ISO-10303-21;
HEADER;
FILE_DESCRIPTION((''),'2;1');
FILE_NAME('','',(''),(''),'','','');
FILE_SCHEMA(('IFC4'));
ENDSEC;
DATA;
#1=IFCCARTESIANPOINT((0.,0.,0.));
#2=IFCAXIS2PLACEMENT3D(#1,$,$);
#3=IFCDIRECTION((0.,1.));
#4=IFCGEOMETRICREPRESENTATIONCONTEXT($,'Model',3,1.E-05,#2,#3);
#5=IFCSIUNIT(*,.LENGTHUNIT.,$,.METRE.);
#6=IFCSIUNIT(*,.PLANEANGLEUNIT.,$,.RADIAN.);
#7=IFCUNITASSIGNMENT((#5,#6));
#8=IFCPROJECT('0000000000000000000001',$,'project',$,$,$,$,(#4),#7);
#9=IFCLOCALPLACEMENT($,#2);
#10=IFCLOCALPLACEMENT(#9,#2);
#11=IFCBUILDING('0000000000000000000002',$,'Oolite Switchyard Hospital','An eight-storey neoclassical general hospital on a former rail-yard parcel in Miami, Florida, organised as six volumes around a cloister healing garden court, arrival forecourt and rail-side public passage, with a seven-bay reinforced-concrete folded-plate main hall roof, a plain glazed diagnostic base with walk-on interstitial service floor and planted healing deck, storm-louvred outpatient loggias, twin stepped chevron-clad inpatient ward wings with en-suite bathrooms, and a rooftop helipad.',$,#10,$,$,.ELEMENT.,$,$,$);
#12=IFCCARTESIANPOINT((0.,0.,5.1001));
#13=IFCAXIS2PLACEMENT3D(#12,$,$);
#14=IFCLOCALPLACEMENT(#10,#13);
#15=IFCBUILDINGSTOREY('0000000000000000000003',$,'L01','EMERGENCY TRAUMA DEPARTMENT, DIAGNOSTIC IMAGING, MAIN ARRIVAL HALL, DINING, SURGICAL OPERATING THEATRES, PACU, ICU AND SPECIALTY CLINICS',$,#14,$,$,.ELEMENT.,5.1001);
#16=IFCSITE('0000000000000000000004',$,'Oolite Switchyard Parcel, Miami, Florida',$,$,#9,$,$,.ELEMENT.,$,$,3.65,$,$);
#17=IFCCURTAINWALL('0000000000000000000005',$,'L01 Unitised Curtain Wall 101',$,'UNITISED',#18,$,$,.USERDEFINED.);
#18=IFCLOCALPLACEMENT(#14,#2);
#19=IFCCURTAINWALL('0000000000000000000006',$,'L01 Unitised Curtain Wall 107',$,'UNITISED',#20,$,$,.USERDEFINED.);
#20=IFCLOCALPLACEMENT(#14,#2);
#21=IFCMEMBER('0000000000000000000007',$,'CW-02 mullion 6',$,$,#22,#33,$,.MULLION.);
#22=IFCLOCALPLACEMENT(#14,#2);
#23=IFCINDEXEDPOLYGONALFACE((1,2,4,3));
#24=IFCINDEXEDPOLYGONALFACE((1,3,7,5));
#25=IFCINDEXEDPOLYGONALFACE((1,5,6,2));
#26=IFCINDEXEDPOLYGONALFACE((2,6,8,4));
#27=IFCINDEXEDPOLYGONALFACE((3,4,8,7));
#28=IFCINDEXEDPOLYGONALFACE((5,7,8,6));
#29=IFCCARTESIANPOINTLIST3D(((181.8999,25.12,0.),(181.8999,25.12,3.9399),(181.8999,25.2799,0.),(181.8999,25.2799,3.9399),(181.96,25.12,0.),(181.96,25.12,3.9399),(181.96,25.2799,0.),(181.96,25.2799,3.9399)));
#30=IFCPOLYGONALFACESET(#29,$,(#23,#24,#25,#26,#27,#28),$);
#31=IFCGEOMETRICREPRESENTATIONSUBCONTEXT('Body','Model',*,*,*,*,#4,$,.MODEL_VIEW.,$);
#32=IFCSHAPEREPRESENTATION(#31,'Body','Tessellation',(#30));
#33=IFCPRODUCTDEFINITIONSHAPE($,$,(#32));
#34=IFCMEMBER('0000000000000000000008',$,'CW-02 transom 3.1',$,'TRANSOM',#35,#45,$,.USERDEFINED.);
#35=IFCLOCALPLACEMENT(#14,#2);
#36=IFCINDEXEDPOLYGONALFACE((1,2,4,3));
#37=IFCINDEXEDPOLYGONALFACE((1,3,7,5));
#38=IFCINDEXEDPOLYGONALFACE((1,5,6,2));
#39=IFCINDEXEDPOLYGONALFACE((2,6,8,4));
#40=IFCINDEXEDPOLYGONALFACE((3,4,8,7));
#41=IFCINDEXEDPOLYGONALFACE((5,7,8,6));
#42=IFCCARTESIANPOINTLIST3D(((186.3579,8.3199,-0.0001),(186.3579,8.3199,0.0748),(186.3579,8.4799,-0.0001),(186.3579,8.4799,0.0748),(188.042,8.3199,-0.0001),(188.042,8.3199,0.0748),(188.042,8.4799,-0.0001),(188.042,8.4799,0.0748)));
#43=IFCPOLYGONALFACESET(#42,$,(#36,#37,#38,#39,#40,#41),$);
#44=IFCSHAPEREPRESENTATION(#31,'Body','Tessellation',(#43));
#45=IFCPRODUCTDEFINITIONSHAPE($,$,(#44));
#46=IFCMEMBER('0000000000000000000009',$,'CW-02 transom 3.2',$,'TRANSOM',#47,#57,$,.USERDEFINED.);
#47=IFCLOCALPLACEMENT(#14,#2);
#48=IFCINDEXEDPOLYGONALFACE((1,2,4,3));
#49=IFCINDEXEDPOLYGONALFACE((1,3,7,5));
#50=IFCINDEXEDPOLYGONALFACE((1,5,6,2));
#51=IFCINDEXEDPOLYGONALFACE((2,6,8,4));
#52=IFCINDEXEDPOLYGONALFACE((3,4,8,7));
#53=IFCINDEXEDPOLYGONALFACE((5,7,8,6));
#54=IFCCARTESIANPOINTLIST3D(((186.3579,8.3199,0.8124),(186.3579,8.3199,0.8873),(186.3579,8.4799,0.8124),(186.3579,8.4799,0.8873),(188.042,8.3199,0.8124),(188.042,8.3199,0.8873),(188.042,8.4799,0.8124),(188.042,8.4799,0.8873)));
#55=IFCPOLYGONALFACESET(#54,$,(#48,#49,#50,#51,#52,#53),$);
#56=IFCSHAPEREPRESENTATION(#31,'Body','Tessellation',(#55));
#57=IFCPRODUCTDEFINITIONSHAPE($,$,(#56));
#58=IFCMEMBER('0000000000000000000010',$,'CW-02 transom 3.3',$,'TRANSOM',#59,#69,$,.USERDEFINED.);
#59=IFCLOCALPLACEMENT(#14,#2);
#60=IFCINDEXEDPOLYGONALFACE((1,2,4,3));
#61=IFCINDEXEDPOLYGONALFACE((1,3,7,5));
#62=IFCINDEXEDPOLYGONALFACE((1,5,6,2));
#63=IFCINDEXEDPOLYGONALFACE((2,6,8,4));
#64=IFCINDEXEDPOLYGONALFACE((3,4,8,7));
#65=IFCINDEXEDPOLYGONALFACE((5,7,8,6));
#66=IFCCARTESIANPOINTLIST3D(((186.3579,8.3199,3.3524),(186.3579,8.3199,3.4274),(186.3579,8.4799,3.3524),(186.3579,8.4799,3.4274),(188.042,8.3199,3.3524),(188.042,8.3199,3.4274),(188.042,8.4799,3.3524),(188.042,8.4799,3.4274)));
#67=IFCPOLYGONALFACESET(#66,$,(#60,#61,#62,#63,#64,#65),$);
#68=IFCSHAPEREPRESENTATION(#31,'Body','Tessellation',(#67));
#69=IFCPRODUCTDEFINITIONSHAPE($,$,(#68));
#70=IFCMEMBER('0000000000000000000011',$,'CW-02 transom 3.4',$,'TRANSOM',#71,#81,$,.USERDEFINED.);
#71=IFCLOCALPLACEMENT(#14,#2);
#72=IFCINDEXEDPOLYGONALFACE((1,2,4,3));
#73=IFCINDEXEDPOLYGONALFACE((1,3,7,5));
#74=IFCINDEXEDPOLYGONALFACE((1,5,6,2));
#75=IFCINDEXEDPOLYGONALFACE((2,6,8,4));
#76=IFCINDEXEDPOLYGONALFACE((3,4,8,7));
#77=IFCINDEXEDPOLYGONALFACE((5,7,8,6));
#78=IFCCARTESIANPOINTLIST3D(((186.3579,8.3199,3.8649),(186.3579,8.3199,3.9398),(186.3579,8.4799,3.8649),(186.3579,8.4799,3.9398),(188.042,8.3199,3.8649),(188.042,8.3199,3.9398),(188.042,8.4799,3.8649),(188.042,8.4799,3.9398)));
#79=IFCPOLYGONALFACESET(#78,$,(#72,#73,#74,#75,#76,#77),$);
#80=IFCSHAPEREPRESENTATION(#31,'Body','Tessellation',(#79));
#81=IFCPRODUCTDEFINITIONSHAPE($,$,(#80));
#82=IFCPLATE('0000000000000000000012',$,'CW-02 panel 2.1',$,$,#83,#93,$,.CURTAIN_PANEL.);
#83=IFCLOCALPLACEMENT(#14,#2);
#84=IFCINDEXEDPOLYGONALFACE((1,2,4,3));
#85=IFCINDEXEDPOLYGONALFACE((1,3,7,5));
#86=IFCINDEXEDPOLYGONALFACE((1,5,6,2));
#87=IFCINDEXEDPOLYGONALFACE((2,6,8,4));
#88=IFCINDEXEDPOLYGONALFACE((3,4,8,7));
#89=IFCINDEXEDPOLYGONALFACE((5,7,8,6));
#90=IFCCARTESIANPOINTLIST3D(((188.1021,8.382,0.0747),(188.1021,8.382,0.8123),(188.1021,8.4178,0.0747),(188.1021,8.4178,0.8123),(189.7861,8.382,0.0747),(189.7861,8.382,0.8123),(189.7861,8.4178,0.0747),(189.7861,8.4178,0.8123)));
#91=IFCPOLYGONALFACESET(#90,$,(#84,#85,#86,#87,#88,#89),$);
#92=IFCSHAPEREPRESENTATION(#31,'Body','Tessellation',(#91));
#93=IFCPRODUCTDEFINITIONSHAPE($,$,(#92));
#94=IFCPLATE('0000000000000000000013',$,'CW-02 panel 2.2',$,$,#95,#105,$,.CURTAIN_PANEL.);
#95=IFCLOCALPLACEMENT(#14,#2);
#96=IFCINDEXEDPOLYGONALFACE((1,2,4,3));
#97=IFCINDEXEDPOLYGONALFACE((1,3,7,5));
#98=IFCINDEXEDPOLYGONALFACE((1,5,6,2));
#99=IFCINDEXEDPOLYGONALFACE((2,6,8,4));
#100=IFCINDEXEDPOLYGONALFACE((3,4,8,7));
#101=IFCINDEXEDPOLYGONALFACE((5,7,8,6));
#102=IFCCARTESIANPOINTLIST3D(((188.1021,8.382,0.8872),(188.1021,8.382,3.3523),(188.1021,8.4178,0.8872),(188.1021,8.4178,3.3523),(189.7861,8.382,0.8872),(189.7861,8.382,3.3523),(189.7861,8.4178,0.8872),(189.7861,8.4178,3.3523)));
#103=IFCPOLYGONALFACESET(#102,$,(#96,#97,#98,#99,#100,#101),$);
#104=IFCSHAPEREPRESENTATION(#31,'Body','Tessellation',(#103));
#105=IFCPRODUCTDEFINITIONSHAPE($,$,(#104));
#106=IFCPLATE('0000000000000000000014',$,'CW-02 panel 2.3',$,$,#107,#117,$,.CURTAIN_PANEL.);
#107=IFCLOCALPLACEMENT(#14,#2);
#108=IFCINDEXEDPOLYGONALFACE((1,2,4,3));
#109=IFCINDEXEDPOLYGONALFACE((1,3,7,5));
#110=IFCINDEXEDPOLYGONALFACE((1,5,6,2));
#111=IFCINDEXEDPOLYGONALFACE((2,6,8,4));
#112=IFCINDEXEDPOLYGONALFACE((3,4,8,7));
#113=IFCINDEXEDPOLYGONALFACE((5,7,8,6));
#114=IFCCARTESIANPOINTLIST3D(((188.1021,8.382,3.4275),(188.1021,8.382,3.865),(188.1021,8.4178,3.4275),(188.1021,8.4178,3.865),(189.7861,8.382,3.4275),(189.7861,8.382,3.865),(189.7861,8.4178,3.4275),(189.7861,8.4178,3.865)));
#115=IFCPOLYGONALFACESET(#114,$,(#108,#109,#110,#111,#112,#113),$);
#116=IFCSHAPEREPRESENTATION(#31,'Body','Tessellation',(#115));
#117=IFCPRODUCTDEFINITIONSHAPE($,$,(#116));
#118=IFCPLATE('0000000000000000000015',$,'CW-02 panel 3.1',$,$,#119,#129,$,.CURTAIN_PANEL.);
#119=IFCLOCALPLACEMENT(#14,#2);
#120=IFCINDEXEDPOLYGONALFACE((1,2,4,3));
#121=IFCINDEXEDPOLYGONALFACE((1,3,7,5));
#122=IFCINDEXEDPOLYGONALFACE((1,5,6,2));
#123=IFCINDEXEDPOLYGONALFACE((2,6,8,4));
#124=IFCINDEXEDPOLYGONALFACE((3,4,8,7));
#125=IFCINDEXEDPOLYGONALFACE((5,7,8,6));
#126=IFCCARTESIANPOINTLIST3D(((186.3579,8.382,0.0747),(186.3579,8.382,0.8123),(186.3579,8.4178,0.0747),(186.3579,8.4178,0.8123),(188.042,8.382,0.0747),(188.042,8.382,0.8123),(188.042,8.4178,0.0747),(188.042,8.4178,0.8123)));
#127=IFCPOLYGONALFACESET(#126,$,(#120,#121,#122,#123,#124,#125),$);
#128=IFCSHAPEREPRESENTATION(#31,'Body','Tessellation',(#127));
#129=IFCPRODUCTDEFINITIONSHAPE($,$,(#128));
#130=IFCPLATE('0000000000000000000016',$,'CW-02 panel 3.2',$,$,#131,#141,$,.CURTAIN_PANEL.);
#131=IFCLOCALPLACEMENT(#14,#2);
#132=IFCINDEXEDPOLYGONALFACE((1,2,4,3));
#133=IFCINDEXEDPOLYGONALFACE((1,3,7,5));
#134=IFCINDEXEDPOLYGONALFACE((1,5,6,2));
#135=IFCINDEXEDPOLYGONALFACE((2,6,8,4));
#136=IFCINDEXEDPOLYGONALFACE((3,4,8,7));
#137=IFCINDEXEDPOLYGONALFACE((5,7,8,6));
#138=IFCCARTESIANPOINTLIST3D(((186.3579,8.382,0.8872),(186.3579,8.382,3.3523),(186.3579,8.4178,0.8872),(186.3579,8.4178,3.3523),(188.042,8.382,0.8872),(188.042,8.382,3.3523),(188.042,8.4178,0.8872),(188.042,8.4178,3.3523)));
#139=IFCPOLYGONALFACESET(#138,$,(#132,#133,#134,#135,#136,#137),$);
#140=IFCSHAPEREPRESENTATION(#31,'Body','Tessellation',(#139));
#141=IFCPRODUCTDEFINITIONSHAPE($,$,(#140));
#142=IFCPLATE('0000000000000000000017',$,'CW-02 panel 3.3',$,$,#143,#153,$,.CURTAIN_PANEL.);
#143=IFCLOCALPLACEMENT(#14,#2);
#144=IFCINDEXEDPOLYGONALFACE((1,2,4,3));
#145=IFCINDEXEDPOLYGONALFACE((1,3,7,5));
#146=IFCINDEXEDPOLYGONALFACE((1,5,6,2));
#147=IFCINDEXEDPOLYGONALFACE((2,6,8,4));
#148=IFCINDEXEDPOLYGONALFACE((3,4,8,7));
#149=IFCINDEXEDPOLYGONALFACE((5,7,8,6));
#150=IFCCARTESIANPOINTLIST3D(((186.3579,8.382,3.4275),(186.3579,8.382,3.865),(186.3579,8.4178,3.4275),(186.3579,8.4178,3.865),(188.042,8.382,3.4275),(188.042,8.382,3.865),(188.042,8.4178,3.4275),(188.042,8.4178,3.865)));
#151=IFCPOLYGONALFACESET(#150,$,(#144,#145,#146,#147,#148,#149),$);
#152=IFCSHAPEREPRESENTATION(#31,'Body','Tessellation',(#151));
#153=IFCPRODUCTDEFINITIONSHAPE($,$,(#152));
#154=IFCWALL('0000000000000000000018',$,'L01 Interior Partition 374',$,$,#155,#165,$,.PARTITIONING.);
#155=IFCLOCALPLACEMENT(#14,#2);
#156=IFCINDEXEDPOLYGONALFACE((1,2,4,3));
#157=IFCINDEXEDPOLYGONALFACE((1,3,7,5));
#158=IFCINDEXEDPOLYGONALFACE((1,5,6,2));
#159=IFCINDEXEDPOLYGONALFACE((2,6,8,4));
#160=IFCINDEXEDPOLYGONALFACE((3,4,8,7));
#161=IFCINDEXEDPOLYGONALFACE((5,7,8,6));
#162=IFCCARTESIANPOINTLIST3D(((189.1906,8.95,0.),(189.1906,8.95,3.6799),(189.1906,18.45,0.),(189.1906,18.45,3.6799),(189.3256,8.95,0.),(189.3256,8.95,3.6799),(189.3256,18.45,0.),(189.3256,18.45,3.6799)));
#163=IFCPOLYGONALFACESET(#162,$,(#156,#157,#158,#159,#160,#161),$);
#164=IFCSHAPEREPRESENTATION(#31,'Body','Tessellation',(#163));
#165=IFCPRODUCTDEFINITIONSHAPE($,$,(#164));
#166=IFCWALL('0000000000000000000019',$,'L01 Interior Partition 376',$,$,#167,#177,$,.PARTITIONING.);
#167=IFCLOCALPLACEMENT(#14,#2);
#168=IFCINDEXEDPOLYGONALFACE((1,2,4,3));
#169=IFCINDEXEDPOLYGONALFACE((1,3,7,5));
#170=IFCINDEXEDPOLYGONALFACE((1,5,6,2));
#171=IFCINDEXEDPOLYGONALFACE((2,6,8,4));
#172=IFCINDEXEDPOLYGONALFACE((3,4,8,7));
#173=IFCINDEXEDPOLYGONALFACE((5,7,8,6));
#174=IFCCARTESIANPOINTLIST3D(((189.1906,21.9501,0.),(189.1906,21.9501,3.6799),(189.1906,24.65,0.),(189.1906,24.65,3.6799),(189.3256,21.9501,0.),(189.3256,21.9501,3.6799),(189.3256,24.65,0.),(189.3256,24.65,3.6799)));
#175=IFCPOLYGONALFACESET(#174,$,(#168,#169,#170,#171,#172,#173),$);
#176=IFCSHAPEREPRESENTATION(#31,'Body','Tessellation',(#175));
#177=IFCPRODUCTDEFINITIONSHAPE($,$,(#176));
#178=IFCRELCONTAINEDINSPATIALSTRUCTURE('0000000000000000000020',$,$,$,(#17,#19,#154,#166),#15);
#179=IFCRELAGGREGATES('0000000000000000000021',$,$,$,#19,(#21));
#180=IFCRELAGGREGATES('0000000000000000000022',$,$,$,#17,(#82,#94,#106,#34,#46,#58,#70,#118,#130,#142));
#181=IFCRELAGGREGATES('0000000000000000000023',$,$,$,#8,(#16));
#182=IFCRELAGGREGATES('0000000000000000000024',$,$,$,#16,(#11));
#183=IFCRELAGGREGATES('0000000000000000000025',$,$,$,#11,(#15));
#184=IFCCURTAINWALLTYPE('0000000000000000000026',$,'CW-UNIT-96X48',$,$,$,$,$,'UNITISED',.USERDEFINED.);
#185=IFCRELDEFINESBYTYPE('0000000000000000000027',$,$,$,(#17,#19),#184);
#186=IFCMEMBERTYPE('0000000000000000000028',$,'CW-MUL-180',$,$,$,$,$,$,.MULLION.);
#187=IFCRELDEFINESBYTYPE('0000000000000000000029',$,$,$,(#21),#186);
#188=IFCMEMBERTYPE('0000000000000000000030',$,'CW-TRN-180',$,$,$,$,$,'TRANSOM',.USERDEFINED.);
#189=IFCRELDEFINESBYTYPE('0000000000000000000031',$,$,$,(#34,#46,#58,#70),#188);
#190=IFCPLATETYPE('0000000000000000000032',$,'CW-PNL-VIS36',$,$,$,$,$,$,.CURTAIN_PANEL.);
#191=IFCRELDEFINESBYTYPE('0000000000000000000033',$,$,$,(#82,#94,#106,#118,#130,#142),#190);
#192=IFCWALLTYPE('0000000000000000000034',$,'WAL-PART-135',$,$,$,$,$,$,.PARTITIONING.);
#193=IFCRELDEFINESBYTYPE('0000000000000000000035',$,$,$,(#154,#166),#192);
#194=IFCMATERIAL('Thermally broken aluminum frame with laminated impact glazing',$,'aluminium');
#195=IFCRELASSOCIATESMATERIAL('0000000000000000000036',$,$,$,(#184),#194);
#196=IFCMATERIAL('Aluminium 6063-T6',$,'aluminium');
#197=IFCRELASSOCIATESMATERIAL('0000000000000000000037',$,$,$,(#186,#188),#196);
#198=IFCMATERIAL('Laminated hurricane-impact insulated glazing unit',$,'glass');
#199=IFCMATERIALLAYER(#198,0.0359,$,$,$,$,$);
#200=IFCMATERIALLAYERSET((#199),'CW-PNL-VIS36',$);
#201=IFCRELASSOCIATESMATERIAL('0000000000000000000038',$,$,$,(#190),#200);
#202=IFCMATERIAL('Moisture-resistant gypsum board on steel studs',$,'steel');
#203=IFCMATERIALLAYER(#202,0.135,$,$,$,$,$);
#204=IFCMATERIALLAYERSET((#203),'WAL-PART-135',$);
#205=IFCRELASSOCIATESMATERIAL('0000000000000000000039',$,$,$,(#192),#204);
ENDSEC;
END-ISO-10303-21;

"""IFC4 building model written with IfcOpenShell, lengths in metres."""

from ifc_helpers import new_model, si_unit, direction, frame, frame_2d, origin, origin_2d, place, context, subcontext, project, spatial, rectangle, extrude, material, layer, layer_set, material_profile, profile_set, type_object, element, aggregate, save


model = new_model("IFC4")

# Units and contexts
model_context = context("Model", 3, precision=1e-05, world=origin(), true_north=direction((0.0, 1.0)))
body_context = subcontext(model_context, "Body", "Model", "MODEL_VIEW")
ifc_project = project(units=[si_unit("LENGTHUNIT", "METRE"), si_unit("PLANEANGLEUNIT", "RADIAN")], contexts=[model_context])

# Site, building, storey
site_placement = place(None, origin())
site = spatial("IfcSite", under=ifc_project, at=site_placement, Name="Oolite Switchyard Parcel, Miami, Florida", CompositionType="ELEMENT", RefElevation=3.65)
building_placement = place(site_placement, origin())
building = spatial("IfcBuilding", under=site, at=building_placement, Name="Oolite Switchyard Hospital", Description="An eight-storey neoclassical general hospital on a former rail-yard parcel in Miami, Florida, organised as six volumes around a cloister healing garden court, arrival forecourt and rail-side public passage, with a seven-bay reinforced-concrete folded-plate main hall roof, a plain glazed diagnostic base with walk-on interstitial service floor and planted healing deck, storm-louvred outpatient loggias, twin stepped chevron-clad inpatient ward wings with en-suite bathrooms, and a rooftop helipad.", CompositionType="ELEMENT")
storey_placement = place(building_placement, frame((0.0, 0.0, 5.1001)))
storey = spatial("IfcBuildingStorey", under=building, at=storey_placement, Name="L01", Description="EMERGENCY TRAUMA DEPARTMENT, DIAGNOSTIC IMAGING, MAIN ARRIVAL HALL, DINING, SURGICAL OPERATING THEATRES, PACU, ICU AND SPECIALTY CLINICS", CompositionType="ELEMENT", Elevation=5.1001)

# Curtain walls, member
ifc_material_1 = material(Name="Thermally broken aluminum frame with laminated impact glazing", Category="aluminium")
curtain_wall_type = type_object("IfcCurtainWallType", Name="CW-UNIT-96X48", ElementType="UNITISED", PredefinedType="USERDEFINED", material=ifc_material_1)
curtain_wall_1_placement = place(storey_placement, origin())
curtain_wall_1 = element("IfcCurtainWall", 1, at=curtain_wall_1_placement, inside=storey, type_object=curtain_wall_type, Name="L01 Unitised Curtain Wall 101", ObjectType="UNITISED", PredefinedType="USERDEFINED")
ifc_material_2 = material(Name="Aluminium 6063-T6", Category="aluminium")
ifc_material_profile_1 = material_profile(ifc_material_2, rectangle(XDim=0.1599, YDim=0.0601, at=origin_2d()), Name="CWM60X160")
ifc_profile_set_1 = profile_set([ifc_material_profile_1], Name="Aluminium 6063-T6")
member_type_1 = type_object("IfcMemberType", Name="CW-MUL-180", PredefinedType="MULLION", material=ifc_profile_set_1)
curtain_wall_2_placement = place(storey_placement, origin())
curtain_wall_2 = element("IfcCurtainWall", 2, at=curtain_wall_2_placement, inside=storey, type_object=curtain_wall_type, Name="L01 Unitised Curtain Wall 107", ObjectType="UNITISED", PredefinedType="USERDEFINED")
member_1_placement = place(storey_placement, frame((181.9299, 25.2, 0.0), z_axis=(0.0, 0.0, 1.0), x_axis=(0.0, 1.0, 0.0)))
member_1 = element("IfcMember", 3, at=member_1_placement, type_object=member_type_1, Name="CW-02 mullion 6", PredefinedType="MULLION", context=body_context, shape_type="SweptSolid", body=[
    extrude(rectangle(XDim=0.1599, YDim=0.0601, at=origin_2d()), origin(), (0.0, 0.0, 1.0), 3.9399),
])
aggregate(curtain_wall_2, [member_1])

# Members
ifc_material_profile_2 = material_profile(ifc_material_2, rectangle(XDim=0.1599, YDim=0.075, at=origin_2d()), Name="CWT75X160")
ifc_profile_set_2 = profile_set([ifc_material_profile_2], Name="Aluminium 6063-T6")
member_type_2 = type_object("IfcMemberType", Name="CW-TRN-180", ElementType="TRANSOM", PredefinedType="USERDEFINED", material=ifc_profile_set_2)
member_2_placement = place(storey_placement, frame((188.042, 8.3999, 0.0374), z_axis=(-1.0, 0.0, 0.0), x_axis=(0.0, -1.0, 0.0)))
member_2 = element("IfcMember", 4, at=member_2_placement, type_object=member_type_2, Name="CW-02 transom 3.1", ObjectType="TRANSOM", PredefinedType="USERDEFINED", context=body_context, shape_type="SweptSolid", body=[
    extrude(rectangle(XDim=0.1599, YDim=0.075, at=origin_2d()), origin(), (0.0, 0.0, 1.0), 1.6841),
])
member_3_placement = place(storey_placement, frame((188.042, 8.3999, 0.8499), z_axis=(-1.0, 0.0, 0.0), x_axis=(0.0, -1.0, 0.0)))
member_3 = element("IfcMember", 5, at=member_3_placement, type_object=member_type_2, Name="CW-02 transom 3.2", ObjectType="TRANSOM", PredefinedType="USERDEFINED", context=body_context, shape_type="SweptSolid", body=[
    extrude(rectangle(XDim=0.1599, YDim=0.075, at=origin_2d()), origin(), (0.0, 0.0, 1.0), 1.6841),
])
member_4_placement = place(storey_placement, frame((188.042, 8.3999, 3.3899), z_axis=(-1.0, 0.0, 0.0), x_axis=(0.0, -1.0, 0.0)))
member_4 = element("IfcMember", 6, at=member_4_placement, type_object=member_type_2, Name="CW-02 transom 3.3", ObjectType="TRANSOM", PredefinedType="USERDEFINED", context=body_context, shape_type="SweptSolid", body=[
    extrude(rectangle(XDim=0.1599, YDim=0.075, at=origin_2d()), origin(), (0.0, 0.0, 1.0), 1.6841),
])
member_5_placement = place(storey_placement, frame((188.042, 8.3999, 3.9023), z_axis=(-1.0, 0.0, 0.0), x_axis=(0.0, -1.0, 0.0)))
member_5 = element("IfcMember", 7, at=member_5_placement, type_object=member_type_2, Name="CW-02 transom 3.4", ObjectType="TRANSOM", PredefinedType="USERDEFINED", context=body_context, shape_type="SweptSolid", body=[
    extrude(rectangle(XDim=0.1599, YDim=0.075, at=origin_2d()), origin(), (0.0, 0.0, 1.0), 1.6841),
])

# Plates
ifc_material_3 = material(Name="Laminated hurricane-impact insulated glazing unit", Category="glass")
ifc_layer_1 = layer(ifc_material_3, 0.0359)
ifc_layer_set_1 = layer_set([ifc_layer_1], Name="CW-PNL-VIS36")
plate_type = type_object("IfcPlateType", Name="CW-PNL-VIS36", PredefinedType="CURTAIN_PANEL", material=ifc_layer_set_1)
plate_1_placement = place(storey_placement, frame((188.9441, 8.3999, 0.0747), z_axis=(0.0, 0.0, 1.0), x_axis=(-1.0, 0.0, 0.0)))
plate_1 = element("IfcPlate", 8, at=plate_1_placement, type_object=plate_type, Name="CW-02 panel 2.1", PredefinedType="CURTAIN_PANEL", context=body_context, shape_type="SweptSolid", body=[
    extrude(rectangle(XDim=1.6841, YDim=0.0359, at=origin_2d()), origin(), (0.0, 0.0, 1.0), 0.7375),
])
plate_2_placement = place(storey_placement, frame((188.9441, 8.3999, 0.8872), z_axis=(0.0, 0.0, 1.0), x_axis=(-1.0, 0.0, 0.0)))
plate_2 = element("IfcPlate", 9, at=plate_2_placement, type_object=plate_type, Name="CW-02 panel 2.2", PredefinedType="CURTAIN_PANEL", context=body_context, shape_type="SweptSolid", body=[
    extrude(rectangle(XDim=1.6841, YDim=0.0359, at=origin_2d()), origin(), (0.0, 0.0, 1.0), 2.4651),
])
plate_3_placement = place(storey_placement, frame((188.9441, 8.3999, 3.4275), z_axis=(0.0, 0.0, 1.0), x_axis=(-1.0, 0.0, 0.0)))
plate_3 = element("IfcPlate", 10, at=plate_3_placement, type_object=plate_type, Name="CW-02 panel 2.3", PredefinedType="CURTAIN_PANEL", context=body_context, shape_type="SweptSolid", body=[
    extrude(rectangle(XDim=1.6841, YDim=0.0359, at=origin_2d()), origin(), (0.0, 0.0, 1.0), 0.4375),
])
plate_4_placement = place(storey_placement, frame((187.2, 8.3999, 0.0747), z_axis=(0.0, 0.0, 1.0), x_axis=(-1.0, 0.0, 0.0)))
plate_4 = element("IfcPlate", 11, at=plate_4_placement, type_object=plate_type, Name="CW-02 panel 3.1", PredefinedType="CURTAIN_PANEL", context=body_context, shape_type="SweptSolid", body=[
    extrude(rectangle(XDim=1.6841, YDim=0.0359, at=origin_2d()), origin(), (0.0, 0.0, 1.0), 0.7375),
])
plate_5_placement = place(storey_placement, frame((187.2, 8.3999, 0.8872), z_axis=(0.0, 0.0, 1.0), x_axis=(-1.0, 0.0, 0.0)))
plate_5 = element("IfcPlate", 12, at=plate_5_placement, type_object=plate_type, Name="CW-02 panel 3.2", PredefinedType="CURTAIN_PANEL", context=body_context, shape_type="SweptSolid", body=[
    extrude(rectangle(XDim=1.6841, YDim=0.0359, at=origin_2d()), origin(), (0.0, 0.0, 1.0), 2.4651),
])
plate_6_placement = place(storey_placement, frame((187.2, 8.3999, 3.4275), z_axis=(0.0, 0.0, 1.0), x_axis=(-1.0, 0.0, 0.0)))
plate_6 = element("IfcPlate", 13, at=plate_6_placement, type_object=plate_type, Name="CW-02 panel 3.3", PredefinedType="CURTAIN_PANEL", context=body_context, shape_type="SweptSolid", body=[
    extrude(rectangle(XDim=1.6841, YDim=0.0359, at=origin_2d()), origin(), (0.0, 0.0, 1.0), 0.4375),
])
aggregate(curtain_wall_1, [plate_1, plate_2, plate_3, member_2, member_3, member_4, member_5, plate_4, plate_5, plate_6])

# Walls
ifc_material_4 = material(Name="Moisture-resistant gypsum board on steel studs", Category="steel")
ifc_layer_2 = layer(ifc_material_4, 0.135)
ifc_layer_set_2 = layer_set([ifc_layer_2], Name="WAL-PART-135")
wall_type_1 = type_object("IfcWallType", Name="WAL-PART-135", PredefinedType="PARTITIONING", material=ifc_layer_set_2)
wall_1_placement = place(storey_placement, frame((189.2581, 8.95, 0.0), z_axis=(0.0, 0.0, 1.0), x_axis=(0.0, 1.0, 0.0)))
element("IfcWall", 14, at=wall_1_placement, inside=storey, type_object=wall_type_1, Name="L01 Interior Partition 374", PredefinedType="PARTITIONING", context=body_context, shape_type="SweptSolid", body=[
    extrude(rectangle(XDim=9.5, YDim=0.135, at=frame_2d((4.75, 0.0))), origin(), (0.0, 0.0, 1.0), 3.6799),
])
wall_2_placement = place(storey_placement, frame((189.2581, 21.95, 0.0), z_axis=(0.0, 0.0, 1.0), x_axis=(0.0, 1.0, 0.0)))
element("IfcWall", 15, at=wall_2_placement, inside=storey, type_object=wall_type_1, Name="L01 Interior Partition 376", PredefinedType="PARTITIONING", context=body_context, shape_type="SweptSolid", body=[
    extrude(rectangle(XDim=2.7, YDim=0.135, at=frame_2d((1.3501, 0.0))), origin(), (0.0, 0.0, 1.0), 3.6799),
])

save(model, "model.ifc")
